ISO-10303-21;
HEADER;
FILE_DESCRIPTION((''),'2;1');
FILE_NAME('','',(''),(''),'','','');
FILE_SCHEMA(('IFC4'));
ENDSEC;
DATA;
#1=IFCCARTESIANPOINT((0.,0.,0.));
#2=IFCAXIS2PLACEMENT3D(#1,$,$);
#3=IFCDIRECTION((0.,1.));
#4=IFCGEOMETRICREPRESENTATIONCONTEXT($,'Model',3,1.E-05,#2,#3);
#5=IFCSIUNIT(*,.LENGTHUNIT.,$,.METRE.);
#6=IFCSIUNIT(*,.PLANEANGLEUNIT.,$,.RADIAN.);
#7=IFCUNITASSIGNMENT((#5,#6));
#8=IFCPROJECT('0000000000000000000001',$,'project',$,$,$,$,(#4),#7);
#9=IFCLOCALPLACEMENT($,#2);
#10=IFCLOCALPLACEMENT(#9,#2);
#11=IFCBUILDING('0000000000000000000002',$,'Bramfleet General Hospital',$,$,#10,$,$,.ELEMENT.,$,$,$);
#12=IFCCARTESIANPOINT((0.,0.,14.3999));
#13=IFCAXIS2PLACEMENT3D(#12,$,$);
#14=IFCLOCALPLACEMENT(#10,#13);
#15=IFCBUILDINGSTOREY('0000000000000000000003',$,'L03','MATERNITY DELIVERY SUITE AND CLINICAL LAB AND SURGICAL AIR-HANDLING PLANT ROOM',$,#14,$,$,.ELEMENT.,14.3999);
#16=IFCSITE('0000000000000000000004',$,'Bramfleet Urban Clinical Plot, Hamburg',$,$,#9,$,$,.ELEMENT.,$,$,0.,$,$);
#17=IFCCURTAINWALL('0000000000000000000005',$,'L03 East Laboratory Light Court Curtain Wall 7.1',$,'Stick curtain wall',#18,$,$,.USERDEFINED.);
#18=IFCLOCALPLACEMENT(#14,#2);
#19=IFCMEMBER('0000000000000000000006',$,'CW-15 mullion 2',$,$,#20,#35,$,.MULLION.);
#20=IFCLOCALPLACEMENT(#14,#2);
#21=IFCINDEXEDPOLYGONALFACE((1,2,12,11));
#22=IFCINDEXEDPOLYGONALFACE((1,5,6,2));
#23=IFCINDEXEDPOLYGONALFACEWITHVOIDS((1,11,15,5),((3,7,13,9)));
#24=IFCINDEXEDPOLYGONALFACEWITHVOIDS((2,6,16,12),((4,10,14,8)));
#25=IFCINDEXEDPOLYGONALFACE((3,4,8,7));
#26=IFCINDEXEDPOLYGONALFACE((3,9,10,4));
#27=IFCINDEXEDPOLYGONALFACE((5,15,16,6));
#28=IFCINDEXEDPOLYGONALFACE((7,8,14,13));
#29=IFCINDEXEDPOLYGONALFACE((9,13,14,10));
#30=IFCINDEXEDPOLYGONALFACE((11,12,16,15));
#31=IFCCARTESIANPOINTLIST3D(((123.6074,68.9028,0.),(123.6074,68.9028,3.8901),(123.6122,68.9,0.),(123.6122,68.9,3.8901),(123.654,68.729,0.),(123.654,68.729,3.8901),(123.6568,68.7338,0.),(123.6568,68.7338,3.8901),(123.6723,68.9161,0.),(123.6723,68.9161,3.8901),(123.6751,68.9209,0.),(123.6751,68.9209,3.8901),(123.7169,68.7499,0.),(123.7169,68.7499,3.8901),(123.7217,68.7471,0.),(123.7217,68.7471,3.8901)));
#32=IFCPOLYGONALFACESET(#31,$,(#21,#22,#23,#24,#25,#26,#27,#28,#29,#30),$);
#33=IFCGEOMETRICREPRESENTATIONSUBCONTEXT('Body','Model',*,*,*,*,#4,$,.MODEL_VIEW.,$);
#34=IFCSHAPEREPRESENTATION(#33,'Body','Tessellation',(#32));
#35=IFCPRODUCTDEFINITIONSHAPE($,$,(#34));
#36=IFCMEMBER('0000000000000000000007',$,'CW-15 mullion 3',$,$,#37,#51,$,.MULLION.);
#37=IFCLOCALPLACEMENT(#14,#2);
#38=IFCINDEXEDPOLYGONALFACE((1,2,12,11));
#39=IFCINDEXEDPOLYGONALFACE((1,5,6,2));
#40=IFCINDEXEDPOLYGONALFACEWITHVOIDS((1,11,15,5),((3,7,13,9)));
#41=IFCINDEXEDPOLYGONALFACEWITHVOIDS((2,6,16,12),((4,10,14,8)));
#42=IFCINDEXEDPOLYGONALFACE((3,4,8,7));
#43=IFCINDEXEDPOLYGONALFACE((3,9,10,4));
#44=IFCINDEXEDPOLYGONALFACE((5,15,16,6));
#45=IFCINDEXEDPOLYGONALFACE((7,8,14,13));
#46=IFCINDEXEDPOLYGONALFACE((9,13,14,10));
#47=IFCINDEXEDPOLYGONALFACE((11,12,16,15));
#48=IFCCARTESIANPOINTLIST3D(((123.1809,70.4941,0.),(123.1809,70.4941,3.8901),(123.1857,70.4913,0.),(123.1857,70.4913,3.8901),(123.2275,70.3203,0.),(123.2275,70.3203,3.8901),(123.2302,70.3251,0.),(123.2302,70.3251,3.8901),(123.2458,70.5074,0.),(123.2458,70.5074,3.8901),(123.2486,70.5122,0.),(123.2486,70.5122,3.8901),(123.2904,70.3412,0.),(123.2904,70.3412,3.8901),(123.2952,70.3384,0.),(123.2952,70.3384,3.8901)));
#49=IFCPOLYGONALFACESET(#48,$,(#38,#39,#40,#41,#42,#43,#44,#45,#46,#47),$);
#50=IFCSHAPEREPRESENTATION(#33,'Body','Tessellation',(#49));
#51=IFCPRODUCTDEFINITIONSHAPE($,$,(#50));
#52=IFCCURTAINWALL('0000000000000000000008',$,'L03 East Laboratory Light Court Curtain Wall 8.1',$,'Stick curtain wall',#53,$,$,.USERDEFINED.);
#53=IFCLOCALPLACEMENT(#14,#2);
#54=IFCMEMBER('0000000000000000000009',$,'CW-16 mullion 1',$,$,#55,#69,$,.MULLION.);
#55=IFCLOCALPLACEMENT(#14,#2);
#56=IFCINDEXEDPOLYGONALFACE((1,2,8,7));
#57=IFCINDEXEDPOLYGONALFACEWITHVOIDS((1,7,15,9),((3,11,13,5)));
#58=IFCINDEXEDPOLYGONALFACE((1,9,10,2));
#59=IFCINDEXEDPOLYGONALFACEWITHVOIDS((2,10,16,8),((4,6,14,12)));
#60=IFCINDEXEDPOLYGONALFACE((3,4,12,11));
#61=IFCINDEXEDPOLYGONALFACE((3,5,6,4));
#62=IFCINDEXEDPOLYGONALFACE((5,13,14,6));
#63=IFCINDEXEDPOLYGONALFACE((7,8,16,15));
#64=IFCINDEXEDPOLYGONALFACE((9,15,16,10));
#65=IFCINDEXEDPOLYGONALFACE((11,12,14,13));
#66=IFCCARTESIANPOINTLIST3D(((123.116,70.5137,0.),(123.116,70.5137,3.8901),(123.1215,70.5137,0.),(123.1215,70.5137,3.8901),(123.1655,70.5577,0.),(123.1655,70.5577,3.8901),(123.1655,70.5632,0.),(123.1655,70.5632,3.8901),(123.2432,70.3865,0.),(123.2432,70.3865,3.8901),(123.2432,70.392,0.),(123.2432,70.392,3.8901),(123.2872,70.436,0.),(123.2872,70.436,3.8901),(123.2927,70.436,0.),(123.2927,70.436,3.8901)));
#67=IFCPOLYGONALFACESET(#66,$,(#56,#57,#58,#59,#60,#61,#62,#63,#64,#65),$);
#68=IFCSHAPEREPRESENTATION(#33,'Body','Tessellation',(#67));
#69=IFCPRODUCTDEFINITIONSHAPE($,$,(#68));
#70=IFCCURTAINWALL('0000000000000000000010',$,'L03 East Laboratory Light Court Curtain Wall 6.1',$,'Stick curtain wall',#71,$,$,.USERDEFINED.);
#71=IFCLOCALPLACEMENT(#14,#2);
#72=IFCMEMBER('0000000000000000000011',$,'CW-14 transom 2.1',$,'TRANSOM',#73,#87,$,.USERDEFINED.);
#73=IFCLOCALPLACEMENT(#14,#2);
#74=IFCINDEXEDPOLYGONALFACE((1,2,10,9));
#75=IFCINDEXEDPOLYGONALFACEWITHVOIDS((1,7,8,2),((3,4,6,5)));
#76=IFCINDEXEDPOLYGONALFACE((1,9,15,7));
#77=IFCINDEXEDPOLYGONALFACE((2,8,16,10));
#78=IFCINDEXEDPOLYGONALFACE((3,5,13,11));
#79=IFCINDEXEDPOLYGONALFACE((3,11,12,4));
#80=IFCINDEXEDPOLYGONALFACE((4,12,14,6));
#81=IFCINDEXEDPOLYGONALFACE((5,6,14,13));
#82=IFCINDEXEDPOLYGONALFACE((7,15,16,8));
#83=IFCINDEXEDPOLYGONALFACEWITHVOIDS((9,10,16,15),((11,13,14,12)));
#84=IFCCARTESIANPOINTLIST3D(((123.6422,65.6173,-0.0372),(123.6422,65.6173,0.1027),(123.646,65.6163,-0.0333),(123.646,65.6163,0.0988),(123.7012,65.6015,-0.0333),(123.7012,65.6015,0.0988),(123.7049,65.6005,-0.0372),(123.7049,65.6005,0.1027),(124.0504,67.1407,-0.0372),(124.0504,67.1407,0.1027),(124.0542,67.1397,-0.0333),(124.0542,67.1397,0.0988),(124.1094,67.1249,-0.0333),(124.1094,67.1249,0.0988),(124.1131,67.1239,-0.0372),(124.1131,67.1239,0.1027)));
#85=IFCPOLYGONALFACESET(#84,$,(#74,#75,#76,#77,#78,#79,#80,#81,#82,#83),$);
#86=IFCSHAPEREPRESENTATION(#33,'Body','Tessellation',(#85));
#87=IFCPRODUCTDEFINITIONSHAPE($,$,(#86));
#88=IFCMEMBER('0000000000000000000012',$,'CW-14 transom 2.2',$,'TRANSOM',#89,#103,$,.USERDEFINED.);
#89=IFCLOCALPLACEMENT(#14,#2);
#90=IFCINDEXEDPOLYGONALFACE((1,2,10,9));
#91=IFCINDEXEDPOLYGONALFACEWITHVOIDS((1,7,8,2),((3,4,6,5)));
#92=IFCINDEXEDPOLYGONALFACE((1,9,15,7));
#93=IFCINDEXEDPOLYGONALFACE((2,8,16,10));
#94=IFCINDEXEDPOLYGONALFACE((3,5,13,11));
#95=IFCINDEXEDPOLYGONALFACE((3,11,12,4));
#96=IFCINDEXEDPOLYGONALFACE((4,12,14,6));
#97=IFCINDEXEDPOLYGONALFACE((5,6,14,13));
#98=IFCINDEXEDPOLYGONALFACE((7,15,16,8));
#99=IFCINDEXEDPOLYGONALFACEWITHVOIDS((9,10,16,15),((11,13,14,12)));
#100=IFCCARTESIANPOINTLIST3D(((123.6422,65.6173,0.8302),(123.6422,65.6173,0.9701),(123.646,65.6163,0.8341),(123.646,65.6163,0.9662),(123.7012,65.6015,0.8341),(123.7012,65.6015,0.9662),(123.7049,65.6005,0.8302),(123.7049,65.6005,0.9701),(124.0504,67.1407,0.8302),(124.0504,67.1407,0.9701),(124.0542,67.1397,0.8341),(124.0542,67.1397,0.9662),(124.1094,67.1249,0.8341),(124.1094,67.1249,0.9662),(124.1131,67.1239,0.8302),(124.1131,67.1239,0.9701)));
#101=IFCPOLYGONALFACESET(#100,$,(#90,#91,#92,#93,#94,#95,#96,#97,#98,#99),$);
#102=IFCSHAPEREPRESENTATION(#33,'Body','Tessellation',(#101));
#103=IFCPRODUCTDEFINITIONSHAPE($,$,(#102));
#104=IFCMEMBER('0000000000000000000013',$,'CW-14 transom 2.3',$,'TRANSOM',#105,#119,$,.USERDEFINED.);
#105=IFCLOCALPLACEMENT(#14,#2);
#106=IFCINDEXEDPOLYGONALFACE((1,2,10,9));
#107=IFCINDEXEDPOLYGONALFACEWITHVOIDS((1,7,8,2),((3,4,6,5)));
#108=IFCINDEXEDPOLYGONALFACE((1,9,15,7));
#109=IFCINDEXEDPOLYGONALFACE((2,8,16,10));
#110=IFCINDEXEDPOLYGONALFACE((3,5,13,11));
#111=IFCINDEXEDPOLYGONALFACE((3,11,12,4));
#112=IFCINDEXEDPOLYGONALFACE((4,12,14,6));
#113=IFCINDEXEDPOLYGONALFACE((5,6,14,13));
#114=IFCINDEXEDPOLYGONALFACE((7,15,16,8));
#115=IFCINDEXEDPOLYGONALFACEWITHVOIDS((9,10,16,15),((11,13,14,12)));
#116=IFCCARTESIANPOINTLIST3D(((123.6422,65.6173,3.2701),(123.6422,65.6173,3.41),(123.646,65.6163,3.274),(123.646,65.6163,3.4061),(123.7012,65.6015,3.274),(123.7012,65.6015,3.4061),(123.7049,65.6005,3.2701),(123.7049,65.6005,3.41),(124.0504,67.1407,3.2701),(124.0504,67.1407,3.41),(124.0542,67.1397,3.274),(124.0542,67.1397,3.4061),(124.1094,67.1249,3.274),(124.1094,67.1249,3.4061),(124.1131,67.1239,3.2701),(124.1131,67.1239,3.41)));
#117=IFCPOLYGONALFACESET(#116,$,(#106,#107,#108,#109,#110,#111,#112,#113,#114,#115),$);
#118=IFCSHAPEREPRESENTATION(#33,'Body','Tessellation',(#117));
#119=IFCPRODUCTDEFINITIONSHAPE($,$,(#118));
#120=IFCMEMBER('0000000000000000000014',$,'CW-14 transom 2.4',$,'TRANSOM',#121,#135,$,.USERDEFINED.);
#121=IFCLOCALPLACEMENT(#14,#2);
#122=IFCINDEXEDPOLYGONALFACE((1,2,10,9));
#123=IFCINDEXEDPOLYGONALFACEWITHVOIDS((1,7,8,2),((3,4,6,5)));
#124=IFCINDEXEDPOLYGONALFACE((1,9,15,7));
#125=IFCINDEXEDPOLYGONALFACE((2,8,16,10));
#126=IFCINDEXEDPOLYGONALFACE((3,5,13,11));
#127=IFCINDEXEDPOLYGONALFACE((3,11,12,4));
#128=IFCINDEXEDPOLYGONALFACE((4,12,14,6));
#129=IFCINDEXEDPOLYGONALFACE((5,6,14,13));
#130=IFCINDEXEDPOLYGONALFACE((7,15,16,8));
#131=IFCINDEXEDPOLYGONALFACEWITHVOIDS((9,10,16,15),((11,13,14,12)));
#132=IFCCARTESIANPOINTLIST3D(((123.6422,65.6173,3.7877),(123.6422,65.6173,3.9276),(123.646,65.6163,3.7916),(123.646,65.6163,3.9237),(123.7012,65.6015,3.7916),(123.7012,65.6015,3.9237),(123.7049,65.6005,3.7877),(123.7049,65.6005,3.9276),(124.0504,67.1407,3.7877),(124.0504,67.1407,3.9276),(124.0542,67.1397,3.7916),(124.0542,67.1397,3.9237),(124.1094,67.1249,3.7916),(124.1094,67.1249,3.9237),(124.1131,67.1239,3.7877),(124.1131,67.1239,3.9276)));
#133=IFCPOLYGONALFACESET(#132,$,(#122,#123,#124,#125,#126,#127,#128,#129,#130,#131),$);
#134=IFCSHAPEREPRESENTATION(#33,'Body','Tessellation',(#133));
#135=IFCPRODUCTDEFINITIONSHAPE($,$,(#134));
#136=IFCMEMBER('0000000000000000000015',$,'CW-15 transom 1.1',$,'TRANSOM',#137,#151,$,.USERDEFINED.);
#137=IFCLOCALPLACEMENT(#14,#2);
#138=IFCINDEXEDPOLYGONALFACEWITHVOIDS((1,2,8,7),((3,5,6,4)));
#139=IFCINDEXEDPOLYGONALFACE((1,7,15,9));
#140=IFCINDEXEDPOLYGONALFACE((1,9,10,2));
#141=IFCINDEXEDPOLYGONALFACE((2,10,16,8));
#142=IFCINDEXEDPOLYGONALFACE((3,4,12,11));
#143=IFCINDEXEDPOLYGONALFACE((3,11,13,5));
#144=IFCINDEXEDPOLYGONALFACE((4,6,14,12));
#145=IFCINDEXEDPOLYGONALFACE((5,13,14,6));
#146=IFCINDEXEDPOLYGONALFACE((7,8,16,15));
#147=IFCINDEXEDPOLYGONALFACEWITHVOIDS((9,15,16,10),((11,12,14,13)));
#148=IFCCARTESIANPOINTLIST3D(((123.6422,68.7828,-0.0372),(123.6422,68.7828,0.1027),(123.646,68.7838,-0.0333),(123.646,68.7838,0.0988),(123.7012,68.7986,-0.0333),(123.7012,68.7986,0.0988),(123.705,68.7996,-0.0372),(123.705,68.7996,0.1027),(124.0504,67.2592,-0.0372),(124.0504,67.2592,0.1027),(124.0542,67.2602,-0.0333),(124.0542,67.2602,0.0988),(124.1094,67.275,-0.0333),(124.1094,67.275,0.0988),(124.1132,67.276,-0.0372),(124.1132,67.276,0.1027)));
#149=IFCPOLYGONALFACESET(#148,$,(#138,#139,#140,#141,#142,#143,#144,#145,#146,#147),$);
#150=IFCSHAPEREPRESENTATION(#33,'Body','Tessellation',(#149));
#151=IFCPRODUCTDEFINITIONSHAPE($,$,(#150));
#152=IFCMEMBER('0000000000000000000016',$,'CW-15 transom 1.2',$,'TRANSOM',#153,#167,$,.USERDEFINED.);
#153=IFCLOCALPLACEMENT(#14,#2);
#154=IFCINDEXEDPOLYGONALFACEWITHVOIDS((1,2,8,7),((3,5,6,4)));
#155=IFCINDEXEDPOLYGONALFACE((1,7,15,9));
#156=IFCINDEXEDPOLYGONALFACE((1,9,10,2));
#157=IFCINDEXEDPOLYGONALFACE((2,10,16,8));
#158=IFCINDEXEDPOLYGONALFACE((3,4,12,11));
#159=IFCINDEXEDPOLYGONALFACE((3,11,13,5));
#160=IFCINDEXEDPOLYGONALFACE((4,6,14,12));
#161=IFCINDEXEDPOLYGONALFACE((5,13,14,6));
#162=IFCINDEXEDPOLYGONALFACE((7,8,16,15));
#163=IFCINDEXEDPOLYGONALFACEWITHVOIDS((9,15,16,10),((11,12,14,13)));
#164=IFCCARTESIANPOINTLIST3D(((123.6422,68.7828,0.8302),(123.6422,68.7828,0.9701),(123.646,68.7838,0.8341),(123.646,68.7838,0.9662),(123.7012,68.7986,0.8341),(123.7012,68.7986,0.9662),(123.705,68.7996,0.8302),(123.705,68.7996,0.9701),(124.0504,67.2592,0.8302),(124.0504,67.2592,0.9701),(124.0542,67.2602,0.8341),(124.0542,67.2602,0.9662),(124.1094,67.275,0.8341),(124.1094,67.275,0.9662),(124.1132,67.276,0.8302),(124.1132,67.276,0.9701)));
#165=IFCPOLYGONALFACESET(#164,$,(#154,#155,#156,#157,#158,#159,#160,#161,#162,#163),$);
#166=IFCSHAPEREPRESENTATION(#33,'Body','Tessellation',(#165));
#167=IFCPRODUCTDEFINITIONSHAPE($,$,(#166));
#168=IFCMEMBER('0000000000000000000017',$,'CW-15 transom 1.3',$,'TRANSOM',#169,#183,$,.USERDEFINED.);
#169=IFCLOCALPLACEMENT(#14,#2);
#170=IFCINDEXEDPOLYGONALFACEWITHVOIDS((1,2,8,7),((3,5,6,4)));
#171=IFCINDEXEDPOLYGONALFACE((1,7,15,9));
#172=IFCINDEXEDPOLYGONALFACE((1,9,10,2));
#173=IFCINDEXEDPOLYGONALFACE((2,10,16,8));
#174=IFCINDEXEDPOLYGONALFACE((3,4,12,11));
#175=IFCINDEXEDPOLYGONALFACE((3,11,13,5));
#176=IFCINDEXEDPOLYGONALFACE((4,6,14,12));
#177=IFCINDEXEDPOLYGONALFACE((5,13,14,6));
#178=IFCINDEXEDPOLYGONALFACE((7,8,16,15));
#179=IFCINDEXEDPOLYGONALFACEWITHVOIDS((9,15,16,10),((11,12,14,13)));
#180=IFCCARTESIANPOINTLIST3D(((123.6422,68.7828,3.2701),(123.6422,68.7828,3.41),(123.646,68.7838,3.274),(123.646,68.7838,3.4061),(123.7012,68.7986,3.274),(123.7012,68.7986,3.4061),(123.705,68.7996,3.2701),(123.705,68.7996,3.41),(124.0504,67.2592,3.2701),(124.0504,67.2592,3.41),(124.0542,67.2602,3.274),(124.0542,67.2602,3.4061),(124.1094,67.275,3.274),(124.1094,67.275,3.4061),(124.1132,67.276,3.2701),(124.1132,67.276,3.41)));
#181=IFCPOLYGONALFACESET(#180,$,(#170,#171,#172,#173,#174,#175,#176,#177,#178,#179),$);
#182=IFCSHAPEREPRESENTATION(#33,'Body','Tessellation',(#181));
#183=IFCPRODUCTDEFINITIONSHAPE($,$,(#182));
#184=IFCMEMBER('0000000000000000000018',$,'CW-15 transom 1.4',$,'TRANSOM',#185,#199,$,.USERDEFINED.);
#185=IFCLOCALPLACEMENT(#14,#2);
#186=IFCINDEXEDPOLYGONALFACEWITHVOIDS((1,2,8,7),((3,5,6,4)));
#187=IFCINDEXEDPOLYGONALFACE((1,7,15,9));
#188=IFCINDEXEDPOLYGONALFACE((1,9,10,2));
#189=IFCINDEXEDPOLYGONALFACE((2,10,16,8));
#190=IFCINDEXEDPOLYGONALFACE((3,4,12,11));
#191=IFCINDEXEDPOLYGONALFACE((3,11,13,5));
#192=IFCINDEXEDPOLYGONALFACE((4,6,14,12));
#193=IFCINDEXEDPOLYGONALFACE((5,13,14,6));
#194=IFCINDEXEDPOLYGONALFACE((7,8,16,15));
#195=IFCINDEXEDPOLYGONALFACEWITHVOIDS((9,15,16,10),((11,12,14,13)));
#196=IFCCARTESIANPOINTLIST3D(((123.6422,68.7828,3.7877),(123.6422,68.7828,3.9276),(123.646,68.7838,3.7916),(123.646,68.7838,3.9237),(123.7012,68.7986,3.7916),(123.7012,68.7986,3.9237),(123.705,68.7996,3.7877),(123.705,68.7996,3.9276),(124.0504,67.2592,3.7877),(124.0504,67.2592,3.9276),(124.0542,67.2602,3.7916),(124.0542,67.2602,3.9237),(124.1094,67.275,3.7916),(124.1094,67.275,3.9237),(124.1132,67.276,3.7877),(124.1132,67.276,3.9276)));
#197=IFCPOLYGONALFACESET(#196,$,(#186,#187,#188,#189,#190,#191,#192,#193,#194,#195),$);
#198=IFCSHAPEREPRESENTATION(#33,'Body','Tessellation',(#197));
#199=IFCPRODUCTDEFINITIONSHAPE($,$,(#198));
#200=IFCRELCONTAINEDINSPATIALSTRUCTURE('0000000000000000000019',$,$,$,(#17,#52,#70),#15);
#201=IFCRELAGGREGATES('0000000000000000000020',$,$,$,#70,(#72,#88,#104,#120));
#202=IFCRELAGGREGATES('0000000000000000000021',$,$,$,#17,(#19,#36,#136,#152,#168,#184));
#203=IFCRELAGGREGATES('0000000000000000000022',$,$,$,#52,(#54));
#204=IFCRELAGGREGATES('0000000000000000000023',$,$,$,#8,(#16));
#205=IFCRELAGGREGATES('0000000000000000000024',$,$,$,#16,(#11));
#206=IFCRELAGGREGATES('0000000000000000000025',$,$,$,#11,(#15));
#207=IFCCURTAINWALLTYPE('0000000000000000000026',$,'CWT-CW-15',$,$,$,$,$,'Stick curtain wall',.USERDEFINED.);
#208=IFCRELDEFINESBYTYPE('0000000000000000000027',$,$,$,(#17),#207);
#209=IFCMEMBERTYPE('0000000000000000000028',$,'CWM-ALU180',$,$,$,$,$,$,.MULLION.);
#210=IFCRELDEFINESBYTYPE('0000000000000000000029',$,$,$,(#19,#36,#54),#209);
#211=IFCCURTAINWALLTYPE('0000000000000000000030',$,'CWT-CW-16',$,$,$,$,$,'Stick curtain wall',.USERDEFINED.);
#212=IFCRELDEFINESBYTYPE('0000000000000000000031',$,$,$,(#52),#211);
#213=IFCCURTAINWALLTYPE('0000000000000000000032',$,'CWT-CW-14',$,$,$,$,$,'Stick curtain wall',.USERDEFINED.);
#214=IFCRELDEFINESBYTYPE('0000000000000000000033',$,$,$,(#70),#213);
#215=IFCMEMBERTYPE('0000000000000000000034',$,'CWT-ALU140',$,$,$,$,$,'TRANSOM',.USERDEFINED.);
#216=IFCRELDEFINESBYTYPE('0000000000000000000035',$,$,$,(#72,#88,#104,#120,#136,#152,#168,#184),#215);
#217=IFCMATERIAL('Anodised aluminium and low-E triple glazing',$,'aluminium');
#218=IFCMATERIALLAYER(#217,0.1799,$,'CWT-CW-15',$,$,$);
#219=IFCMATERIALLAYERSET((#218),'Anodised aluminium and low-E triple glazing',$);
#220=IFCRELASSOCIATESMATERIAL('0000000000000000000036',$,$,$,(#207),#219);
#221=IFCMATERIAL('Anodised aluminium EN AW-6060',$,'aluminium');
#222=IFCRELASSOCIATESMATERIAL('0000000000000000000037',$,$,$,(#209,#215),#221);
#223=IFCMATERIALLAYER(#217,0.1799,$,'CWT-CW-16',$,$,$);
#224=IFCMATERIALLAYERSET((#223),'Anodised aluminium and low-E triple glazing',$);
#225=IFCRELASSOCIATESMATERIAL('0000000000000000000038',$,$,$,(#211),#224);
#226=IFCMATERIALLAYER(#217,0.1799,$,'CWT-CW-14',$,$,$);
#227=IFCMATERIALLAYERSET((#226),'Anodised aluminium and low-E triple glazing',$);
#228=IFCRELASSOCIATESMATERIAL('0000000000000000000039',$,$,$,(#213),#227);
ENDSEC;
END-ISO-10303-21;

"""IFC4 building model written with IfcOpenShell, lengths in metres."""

from ifc_helpers import new_model, si_unit, direction, frame, origin, origin_2d, place, context, subcontext, project, spatial, hollow_rectangle, extrude, material, layer, layer_set, material_profile, profile_set, type_object, element, aggregate, save


model = new_model("IFC4")

# Units and contexts
model_context = context("Model", 3, precision=1e-05, world=origin(), true_north=direction((0.0, 1.0)))
body_context = subcontext(model_context, "Body", "Model", "MODEL_VIEW")
ifc_project = project(units=[si_unit("LENGTHUNIT", "METRE"), si_unit("PLANEANGLEUNIT", "RADIAN")], contexts=[model_context])

# Site, building, storey
site_placement = place(None, origin())
site = spatial("IfcSite", under=ifc_project, at=site_placement, Name="Bramfleet Urban Clinical Plot, Hamburg", CompositionType="ELEMENT", RefElevation=0.0)
building_placement = place(site_placement, origin())
building = spatial("IfcBuilding", under=site, at=building_placement, Name="Bramfleet General Hospital", CompositionType="ELEMENT")
storey_placement = place(building_placement, frame((0.0, 0.0, 14.3999)))
storey = spatial("IfcBuildingStorey", under=building, at=storey_placement, Name="L03", Description="MATERNITY DELIVERY SUITE AND CLINICAL LAB AND SURGICAL AIR-HANDLING PLANT ROOM", CompositionType="ELEMENT", Elevation=14.3999)

# Curtain wall, members
ifc_material_1 = material(Name="Anodised aluminium and low-E triple glazing", Category="aluminium")
ifc_layer_1 = layer(ifc_material_1, 0.1799, Name="CWT-CW-15")
ifc_layer_set_1 = layer_set([ifc_layer_1], Name="Anodised aluminium and low-E triple glazing")
curtain_wall_type_1 = type_object("IfcCurtainWallType", Name="CWT-CW-15", ElementType="Stick curtain wall", PredefinedType="USERDEFINED", material=ifc_layer_set_1)
curtain_wall_1_placement = place(storey_placement, origin())
curtain_wall_1 = element("IfcCurtainWall", 1, at=curtain_wall_1_placement, inside=storey, type_object=curtain_wall_type_1, Name="L03 East Laboratory Light Court Curtain Wall 7.1", ObjectType="Stick curtain wall", PredefinedType="USERDEFINED")
ifc_material_2 = material(Name="Anodised aluminium EN AW-6060", Category="aluminium")
ifc_material_profile_1 = material_profile(ifc_material_2, hollow_rectangle(XDim=0.0701, YDim=0.1799, WallThickness=0.0039, at=origin_2d()), Name="ALU 180x70x4.0")
ifc_profile_set_1 = profile_set([ifc_material_profile_1], Name="Anodised aluminium EN AW-6060")
member_type_1 = type_object("IfcMemberType", Name="CWM-ALU180", PredefinedType="MULLION", material=ifc_profile_set_1)
member_1_placement = place(storey_placement, frame((123.6646, 68.825, 0.0), z_axis=(0.0, 0.0, 1.0), x_axis=(-0.965914, -0.258865, 0.0)))
member_1 = element("IfcMember", 2, at=member_1_placement, type_object=member_type_1, Name="CW-15 mullion 2", PredefinedType="MULLION", context=body_context, shape_type="SweptSolid", body=[
    extrude(hollow_rectangle(XDim=0.0701, YDim=0.1799, WallThickness=0.0039, at=origin_2d()), origin(), (0.0, 0.0, 1.0), 3.8901),
])
member_2_placement = place(storey_placement, frame((123.238, 70.4163, 0.0), z_axis=(0.0, 0.0, 1.0), x_axis=(-0.965914, -0.258865, 0.0)))
member_2 = element("IfcMember", 3, at=member_2_placement, type_object=member_type_1, Name="CW-15 mullion 3", PredefinedType="MULLION", context=body_context, shape_type="SweptSolid", body=[
    extrude(hollow_rectangle(XDim=0.0701, YDim=0.1799, WallThickness=0.0039, at=origin_2d()), origin(), (0.0, 0.0, 1.0), 3.8901),
])

# Curtain wall, member
ifc_layer_2 = layer(ifc_material_1, 0.1799, Name="CWT-CW-16")
ifc_layer_set_2 = layer_set([ifc_layer_2], Name="Anodised aluminium and low-E triple glazing")
curtain_wall_type_2 = type_object("IfcCurtainWallType", Name="CWT-CW-16", ElementType="Stick curtain wall", PredefinedType="USERDEFINED", material=ifc_layer_set_2)
curtain_wall_2_placement = place(storey_placement, origin())
curtain_wall_2 = element("IfcCurtainWall", 4, at=curtain_wall_2_placement, inside=storey, type_object=curtain_wall_type_2, Name="L03 East Laboratory Light Court Curtain Wall 8.1", ObjectType="Stick curtain wall", PredefinedType="USERDEFINED")
member_3_placement = place(storey_placement, frame((123.2043, 70.4749, 0.0), z_axis=(0.0, 0.0, 1.0), x_axis=(-0.707107, -0.707107, 0.0)))
member_3 = element("IfcMember", 5, at=member_3_placement, type_object=member_type_1, Name="CW-16 mullion 1", PredefinedType="MULLION", context=body_context, shape_type="SweptSolid", body=[
    extrude(hollow_rectangle(XDim=0.0701, YDim=0.1799, WallThickness=0.0039, at=origin_2d()), origin(), (0.0, 0.0, 1.0), 3.8901),
])

# Curtain wall, members
ifc_layer_3 = layer(ifc_material_1, 0.1799, Name="CWT-CW-14")
ifc_layer_set_3 = layer_set([ifc_layer_3], Name="Anodised aluminium and low-E triple glazing")
curtain_wall_type_3 = type_object("IfcCurtainWallType", Name="CWT-CW-14", ElementType="Stick curtain wall", PredefinedType="USERDEFINED", material=ifc_layer_set_3)
curtain_wall_3_placement = place(storey_placement, origin())
curtain_wall_3 = element("IfcCurtainWall", 6, at=curtain_wall_3_placement, inside=storey, type_object=curtain_wall_type_3, Name="L03 East Laboratory Light Court Curtain Wall 6.1", ObjectType="Stick curtain wall", PredefinedType="USERDEFINED")
ifc_material_profile_2 = material_profile(ifc_material_2, hollow_rectangle(XDim=0.0649, YDim=0.1399, WallThickness=0.0039, at=origin_2d()), Name="ALU 140x65x4.0")
ifc_profile_set_2 = profile_set([ifc_material_profile_2], Name="Anodised aluminium EN AW-6060")
member_type_2 = type_object("IfcMemberType", Name="CWT-ALU140", ElementType="TRANSOM", PredefinedType="USERDEFINED", material=ifc_profile_set_2)
member_4_placement = place(storey_placement, frame((123.6736, 65.6089, 0.0327), z_axis=(0.258819, 0.965926, 0.0), x_axis=(-0.965926, 0.258819, 0.0)))
member_4 = element("IfcMember", 7, at=member_4_placement, type_object=member_type_2, Name="CW-14 transom 2.1", ObjectType="TRANSOM", PredefinedType="USERDEFINED", context=body_context, shape_type="SweptSolid", body=[
    extrude(hollow_rectangle(XDim=0.0649, YDim=0.1399, WallThickness=0.0039, at=origin_2d()), origin(), (0.0, 0.0, 1.0), 1.5771),
])
member_5_placement = place(storey_placement, frame((123.6736, 65.6089, 0.9001), z_axis=(0.258819, 0.965926, 0.0), x_axis=(-0.965926, 0.258819, 0.0)))
member_5 = element("IfcMember", 8, at=member_5_placement, type_object=member_type_2, Name="CW-14 transom 2.2", ObjectType="TRANSOM", PredefinedType="USERDEFINED", context=body_context, shape_type="SweptSolid", body=[
    extrude(hollow_rectangle(XDim=0.0649, YDim=0.1399, WallThickness=0.0039, at=origin_2d()), origin(), (0.0, 0.0, 1.0), 1.5771),
])
member_6_placement = place(storey_placement, frame((123.6736, 65.6089, 3.3401), z_axis=(0.258819, 0.965926, 0.0), x_axis=(-0.965926, 0.258819, 0.0)))
member_6 = element("IfcMember", 9, at=member_6_placement, type_object=member_type_2, Name="CW-14 transom 2.3", ObjectType="TRANSOM", PredefinedType="USERDEFINED", context=body_context, shape_type="SweptSolid", body=[
    extrude(hollow_rectangle(XDim=0.0649, YDim=0.1399, WallThickness=0.0039, at=origin_2d()), origin(), (0.0, 0.0, 1.0), 1.5771),
])
member_7_placement = place(storey_placement, frame((123.6736, 65.6089, 3.8577), z_axis=(0.258819, 0.965926, 0.0), x_axis=(-0.965926, 0.258819, 0.0)))
member_7 = element("IfcMember", 10, at=member_7_placement, type_object=member_type_2, Name="CW-14 transom 2.4", ObjectType="TRANSOM", PredefinedType="USERDEFINED", context=body_context, shape_type="SweptSolid", body=[
    extrude(hollow_rectangle(XDim=0.0649, YDim=0.1399, WallThickness=0.0039, at=origin_2d()), origin(), (0.0, 0.0, 1.0), 1.5771),
])

# Members
member_8_placement = place(storey_placement, frame((124.0818, 67.2676, 0.0327), z_axis=(-0.25878, 0.965936, 0.0), x_axis=(-0.965936, -0.25878, 0.0)))
member_8 = element("IfcMember", 11, at=member_8_placement, type_object=member_type_2, Name="CW-15 transom 1.1", ObjectType="TRANSOM", PredefinedType="USERDEFINED", context=body_context, shape_type="SweptSolid", body=[
    extrude(hollow_rectangle(XDim=0.0649, YDim=0.1399, WallThickness=0.0039, at=origin_2d()), origin(), (0.0, 0.0, 1.0), 1.5774),
])
member_9_placement = place(storey_placement, frame((124.0818, 67.2676, 0.9001), z_axis=(-0.25878, 0.965936, 0.0), x_axis=(-0.965936, -0.25878, 0.0)))
member_9 = element("IfcMember", 12, at=member_9_placement, type_object=member_type_2, Name="CW-15 transom 1.2", ObjectType="TRANSOM", PredefinedType="USERDEFINED", context=body_context, shape_type="SweptSolid", body=[
    extrude(hollow_rectangle(XDim=0.0649, YDim=0.1399, WallThickness=0.0039, at=origin_2d()), origin(), (0.0, 0.0, 1.0), 1.5774),
])
member_10_placement = place(storey_placement, frame((124.0818, 67.2676, 3.3401), z_axis=(-0.25878, 0.965936, 0.0), x_axis=(-0.965936, -0.25878, 0.0)))
member_10 = element("IfcMember", 13, at=member_10_placement, type_object=member_type_2, Name="CW-15 transom 1.3", ObjectType="TRANSOM", PredefinedType="USERDEFINED", context=body_context, shape_type="SweptSolid", body=[
    extrude(hollow_rectangle(XDim=0.0649, YDim=0.1399, WallThickness=0.0039, at=origin_2d()), origin(), (0.0, 0.0, 1.0), 1.5774),
])
member_11_placement = place(storey_placement, frame((124.0818, 67.2676, 3.8577), z_axis=(-0.25878, 0.965936, 0.0), x_axis=(-0.965936, -0.25878, 0.0)))
member_11 = element("IfcMember", 14, at=member_11_placement, type_object=member_type_2, Name="CW-15 transom 1.4", ObjectType="TRANSOM", PredefinedType="USERDEFINED", context=body_context, shape_type="SweptSolid", body=[
    extrude(hollow_rectangle(XDim=0.0649, YDim=0.1399, WallThickness=0.0039, at=origin_2d()), origin(), (0.0, 0.0, 1.0), 1.5774),
])

aggregate(curtain_wall_3, [member_4, member_5, member_6, member_7])
aggregate(curtain_wall_1, [member_1, member_2, member_8, member_9, member_10, member_11])
aggregate(curtain_wall_2, [member_3])

save(model, "model.ifc")
